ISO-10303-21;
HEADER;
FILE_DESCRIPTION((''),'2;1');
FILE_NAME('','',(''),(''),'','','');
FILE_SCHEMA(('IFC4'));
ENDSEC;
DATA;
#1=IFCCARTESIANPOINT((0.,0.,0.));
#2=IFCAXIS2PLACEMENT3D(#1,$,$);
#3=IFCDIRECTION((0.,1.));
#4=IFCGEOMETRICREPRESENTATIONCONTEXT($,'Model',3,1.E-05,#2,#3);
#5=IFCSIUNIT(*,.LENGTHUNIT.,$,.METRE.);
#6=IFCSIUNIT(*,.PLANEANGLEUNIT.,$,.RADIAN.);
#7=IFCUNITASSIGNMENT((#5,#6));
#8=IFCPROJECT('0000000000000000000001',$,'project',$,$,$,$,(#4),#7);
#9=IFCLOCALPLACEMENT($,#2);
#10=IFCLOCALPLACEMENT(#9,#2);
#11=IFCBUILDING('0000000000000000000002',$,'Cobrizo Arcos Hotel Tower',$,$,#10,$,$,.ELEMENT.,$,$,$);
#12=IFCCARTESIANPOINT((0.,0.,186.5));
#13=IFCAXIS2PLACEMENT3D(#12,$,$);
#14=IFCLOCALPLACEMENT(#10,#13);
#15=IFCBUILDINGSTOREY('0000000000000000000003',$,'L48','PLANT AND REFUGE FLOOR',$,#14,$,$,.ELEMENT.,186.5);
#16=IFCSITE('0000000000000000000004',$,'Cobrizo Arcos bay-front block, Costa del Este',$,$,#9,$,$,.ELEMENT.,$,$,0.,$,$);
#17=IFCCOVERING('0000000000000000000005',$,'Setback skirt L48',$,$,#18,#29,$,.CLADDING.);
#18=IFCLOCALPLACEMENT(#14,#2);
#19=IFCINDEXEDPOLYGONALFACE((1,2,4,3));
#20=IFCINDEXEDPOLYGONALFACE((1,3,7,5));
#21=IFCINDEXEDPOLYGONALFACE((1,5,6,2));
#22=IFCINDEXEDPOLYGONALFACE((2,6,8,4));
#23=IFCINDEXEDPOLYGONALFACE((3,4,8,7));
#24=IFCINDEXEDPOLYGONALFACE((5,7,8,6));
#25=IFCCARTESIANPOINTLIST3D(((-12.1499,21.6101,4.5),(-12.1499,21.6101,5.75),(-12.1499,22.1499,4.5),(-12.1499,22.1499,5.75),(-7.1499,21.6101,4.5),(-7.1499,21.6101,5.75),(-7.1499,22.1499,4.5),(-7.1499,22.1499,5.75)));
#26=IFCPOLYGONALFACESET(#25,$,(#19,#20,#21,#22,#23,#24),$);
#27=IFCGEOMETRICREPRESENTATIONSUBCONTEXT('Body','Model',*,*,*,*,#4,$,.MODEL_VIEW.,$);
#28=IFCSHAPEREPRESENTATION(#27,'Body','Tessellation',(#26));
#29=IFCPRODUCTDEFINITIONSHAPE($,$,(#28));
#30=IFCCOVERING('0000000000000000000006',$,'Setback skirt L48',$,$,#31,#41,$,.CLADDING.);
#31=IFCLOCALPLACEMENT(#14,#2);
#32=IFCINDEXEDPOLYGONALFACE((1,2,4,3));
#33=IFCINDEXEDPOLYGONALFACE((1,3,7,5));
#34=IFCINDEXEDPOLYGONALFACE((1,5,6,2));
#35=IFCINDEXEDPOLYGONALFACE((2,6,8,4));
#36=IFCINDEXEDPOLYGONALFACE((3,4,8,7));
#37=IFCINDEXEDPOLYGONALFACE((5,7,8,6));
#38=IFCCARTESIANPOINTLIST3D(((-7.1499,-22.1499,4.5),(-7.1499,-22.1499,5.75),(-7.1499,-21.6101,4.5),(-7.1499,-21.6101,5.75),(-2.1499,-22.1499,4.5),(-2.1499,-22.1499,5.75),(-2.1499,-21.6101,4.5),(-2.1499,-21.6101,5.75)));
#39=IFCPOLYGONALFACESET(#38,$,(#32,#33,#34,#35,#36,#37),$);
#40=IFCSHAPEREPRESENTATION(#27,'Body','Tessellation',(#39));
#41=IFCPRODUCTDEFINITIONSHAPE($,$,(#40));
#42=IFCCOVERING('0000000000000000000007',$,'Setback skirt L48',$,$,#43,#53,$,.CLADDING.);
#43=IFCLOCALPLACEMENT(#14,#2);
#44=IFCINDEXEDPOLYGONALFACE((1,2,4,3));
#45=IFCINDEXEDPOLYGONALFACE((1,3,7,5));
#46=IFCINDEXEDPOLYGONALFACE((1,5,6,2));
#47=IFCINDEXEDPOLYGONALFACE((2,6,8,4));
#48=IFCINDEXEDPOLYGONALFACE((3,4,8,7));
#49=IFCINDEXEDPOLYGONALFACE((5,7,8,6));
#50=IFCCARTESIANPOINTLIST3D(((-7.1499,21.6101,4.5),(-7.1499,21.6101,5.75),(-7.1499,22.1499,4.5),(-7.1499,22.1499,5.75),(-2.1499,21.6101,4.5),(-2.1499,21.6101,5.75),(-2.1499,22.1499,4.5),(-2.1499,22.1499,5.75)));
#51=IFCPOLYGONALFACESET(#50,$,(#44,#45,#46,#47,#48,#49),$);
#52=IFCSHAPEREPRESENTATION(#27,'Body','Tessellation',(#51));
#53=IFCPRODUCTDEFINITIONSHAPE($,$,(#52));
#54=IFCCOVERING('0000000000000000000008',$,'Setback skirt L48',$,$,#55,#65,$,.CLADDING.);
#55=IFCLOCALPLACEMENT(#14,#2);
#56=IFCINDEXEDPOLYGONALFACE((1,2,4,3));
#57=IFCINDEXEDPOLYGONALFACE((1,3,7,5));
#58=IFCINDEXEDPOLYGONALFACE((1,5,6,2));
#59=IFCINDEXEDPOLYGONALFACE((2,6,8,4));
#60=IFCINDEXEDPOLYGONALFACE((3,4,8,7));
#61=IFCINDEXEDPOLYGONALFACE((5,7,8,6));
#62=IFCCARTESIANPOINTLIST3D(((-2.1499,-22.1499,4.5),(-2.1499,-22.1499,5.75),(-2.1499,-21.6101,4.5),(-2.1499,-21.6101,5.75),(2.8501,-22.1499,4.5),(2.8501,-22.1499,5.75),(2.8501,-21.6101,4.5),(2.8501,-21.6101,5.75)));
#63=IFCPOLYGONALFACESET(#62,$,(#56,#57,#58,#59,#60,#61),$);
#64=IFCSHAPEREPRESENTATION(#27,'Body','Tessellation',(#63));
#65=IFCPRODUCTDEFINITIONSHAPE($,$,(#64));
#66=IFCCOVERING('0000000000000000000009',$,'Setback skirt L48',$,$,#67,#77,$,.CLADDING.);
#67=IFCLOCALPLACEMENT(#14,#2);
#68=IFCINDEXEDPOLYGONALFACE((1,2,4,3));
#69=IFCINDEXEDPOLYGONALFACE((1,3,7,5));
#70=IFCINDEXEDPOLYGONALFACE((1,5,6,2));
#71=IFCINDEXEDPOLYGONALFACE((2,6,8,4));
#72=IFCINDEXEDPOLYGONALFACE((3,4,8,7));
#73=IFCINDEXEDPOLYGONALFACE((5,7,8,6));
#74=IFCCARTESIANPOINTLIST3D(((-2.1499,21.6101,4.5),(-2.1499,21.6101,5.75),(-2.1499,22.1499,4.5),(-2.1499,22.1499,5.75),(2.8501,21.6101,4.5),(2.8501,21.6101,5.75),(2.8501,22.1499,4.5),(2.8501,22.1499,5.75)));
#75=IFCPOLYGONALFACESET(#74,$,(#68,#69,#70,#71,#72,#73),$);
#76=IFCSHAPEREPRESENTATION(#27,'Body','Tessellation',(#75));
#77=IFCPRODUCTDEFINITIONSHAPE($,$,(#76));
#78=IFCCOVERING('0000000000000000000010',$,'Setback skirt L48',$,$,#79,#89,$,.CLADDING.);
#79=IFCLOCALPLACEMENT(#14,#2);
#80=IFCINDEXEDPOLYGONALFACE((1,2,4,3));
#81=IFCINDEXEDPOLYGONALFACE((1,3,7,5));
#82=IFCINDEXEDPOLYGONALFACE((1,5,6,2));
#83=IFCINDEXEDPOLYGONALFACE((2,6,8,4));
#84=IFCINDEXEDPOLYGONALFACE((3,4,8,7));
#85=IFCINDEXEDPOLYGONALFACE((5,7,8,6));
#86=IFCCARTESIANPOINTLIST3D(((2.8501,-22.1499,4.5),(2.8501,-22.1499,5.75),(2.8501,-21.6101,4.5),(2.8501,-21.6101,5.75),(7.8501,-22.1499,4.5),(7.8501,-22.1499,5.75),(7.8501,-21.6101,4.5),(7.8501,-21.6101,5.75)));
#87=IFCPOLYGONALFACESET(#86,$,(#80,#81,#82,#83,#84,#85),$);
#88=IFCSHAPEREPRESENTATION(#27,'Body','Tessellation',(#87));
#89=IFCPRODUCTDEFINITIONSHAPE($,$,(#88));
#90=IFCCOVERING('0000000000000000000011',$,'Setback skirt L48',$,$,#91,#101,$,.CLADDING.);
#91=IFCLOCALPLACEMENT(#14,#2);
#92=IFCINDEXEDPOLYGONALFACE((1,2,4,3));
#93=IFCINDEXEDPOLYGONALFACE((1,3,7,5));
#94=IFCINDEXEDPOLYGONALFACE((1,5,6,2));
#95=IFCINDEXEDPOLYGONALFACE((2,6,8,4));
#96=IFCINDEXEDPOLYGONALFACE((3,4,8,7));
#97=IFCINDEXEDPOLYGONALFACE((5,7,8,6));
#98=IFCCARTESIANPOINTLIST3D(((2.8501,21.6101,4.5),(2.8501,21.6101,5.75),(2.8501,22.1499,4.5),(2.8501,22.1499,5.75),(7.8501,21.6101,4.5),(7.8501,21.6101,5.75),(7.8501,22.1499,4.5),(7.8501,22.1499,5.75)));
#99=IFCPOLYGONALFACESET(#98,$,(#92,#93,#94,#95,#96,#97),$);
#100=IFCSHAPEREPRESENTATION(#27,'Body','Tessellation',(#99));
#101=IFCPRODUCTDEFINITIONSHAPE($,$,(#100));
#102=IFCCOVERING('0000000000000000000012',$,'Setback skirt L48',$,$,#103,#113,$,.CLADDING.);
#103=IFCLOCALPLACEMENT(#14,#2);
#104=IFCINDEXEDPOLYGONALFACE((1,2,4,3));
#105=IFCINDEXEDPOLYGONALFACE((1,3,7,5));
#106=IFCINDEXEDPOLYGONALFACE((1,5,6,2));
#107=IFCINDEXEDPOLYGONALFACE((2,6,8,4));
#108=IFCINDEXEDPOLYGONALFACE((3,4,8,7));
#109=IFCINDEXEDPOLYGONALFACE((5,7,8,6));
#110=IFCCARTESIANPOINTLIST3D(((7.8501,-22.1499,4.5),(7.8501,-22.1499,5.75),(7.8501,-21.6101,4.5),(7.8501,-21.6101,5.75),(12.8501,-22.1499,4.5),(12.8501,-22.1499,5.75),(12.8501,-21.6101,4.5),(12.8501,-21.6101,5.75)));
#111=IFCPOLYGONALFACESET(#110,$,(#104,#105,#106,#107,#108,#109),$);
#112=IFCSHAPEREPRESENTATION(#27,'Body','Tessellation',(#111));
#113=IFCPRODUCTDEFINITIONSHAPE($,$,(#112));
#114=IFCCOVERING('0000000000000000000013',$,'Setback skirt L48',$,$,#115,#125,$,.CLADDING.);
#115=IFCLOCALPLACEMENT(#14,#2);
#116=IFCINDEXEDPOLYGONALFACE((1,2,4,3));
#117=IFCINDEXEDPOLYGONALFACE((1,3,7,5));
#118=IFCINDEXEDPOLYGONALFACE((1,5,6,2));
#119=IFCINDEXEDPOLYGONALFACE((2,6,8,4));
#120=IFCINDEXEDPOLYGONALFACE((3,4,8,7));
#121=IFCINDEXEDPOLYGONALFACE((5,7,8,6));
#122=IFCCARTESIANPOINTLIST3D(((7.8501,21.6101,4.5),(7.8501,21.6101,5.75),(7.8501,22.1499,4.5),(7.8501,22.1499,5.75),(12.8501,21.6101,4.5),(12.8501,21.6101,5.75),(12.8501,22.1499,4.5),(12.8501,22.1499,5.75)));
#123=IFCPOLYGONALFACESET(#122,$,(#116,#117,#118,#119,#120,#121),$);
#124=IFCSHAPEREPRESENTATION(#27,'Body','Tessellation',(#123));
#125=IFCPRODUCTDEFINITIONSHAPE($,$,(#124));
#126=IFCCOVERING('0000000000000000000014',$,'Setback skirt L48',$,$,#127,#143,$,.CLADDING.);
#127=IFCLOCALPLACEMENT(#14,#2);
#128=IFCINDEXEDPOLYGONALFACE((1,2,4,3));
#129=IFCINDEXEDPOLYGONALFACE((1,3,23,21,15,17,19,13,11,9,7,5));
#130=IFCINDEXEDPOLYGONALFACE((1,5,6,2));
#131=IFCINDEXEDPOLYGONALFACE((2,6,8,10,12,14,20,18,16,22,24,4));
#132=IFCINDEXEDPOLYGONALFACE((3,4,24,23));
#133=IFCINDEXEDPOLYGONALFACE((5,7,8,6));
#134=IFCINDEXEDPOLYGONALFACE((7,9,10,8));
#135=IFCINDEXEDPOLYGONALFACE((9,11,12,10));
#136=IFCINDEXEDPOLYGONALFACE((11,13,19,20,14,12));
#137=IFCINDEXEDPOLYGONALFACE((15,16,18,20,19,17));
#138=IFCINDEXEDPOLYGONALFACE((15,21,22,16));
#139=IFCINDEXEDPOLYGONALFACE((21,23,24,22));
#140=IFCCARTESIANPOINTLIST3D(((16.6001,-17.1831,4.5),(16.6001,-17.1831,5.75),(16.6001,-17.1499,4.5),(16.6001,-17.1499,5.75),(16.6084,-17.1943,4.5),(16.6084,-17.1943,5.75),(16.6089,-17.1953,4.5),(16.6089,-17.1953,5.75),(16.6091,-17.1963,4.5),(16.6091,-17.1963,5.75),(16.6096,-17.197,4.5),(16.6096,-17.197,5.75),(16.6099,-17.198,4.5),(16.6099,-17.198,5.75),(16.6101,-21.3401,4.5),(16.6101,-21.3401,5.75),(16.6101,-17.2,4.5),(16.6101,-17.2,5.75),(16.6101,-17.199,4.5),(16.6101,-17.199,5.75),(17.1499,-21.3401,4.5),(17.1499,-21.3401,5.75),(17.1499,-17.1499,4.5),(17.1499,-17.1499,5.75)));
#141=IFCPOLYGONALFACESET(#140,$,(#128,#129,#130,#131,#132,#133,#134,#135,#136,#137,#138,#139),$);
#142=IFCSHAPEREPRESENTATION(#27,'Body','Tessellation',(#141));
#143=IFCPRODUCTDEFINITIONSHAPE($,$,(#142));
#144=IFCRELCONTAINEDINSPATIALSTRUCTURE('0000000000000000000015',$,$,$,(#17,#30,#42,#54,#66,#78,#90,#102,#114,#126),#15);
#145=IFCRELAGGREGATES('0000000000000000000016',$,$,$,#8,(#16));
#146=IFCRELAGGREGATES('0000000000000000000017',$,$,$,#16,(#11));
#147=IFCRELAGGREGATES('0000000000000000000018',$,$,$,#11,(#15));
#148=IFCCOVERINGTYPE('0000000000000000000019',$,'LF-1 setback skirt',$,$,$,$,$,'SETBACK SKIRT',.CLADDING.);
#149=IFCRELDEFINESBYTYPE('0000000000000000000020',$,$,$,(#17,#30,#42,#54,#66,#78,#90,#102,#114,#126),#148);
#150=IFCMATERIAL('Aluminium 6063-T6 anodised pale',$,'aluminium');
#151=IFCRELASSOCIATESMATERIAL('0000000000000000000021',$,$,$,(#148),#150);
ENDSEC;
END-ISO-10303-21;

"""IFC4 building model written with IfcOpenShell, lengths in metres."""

from ifc_helpers import new_model, si_unit, direction, frame, origin, place, context, subcontext, project, spatial, polyline, outline, extrude, material, type_object, element, save


model = new_model("IFC4")

# Units and contexts
model_context = context("Model", 3, precision=1e-05, world=origin(), true_north=direction((0.0, 1.0)))
body_context = subcontext(model_context, "Body", "Model", "MODEL_VIEW")
ifc_project = project(units=[si_unit("LENGTHUNIT", "METRE"), si_unit("PLANEANGLEUNIT", "RADIAN")], contexts=[model_context])

# Site, building, storey
site_placement = place(None, origin())
site = spatial("IfcSite", under=ifc_project, at=site_placement, Name="Cobrizo Arcos bay-front block, Costa del Este", CompositionType="ELEMENT", RefElevation=0.0)
building_placement = place(site_placement, origin())
building = spatial("IfcBuilding", under=site, at=building_placement, Name="Cobrizo Arcos Hotel Tower", CompositionType="ELEMENT")
storey_placement = place(building_placement, frame((0.0, 0.0, 186.5)))
storey = spatial("IfcBuildingStorey", under=building, at=storey_placement, Name="L48", Description="PLANT AND REFUGE FLOOR", CompositionType="ELEMENT", Elevation=186.5)

# Coverings
ifc_material_1 = material(Name="Aluminium 6063-T6 anodised pale", Category="aluminium")
covering_type = type_object("IfcCoveringType", Name="LF-1 setback skirt", ElementType="SETBACK SKIRT", PredefinedType="CLADDING", material=ifc_material_1)
covering_1_placement = place(storey_placement, frame((0.0, 0.0, 4.5)))
element("IfcCovering", 1, at=covering_1_placement, inside=storey, type_object=covering_type, Name="Setback skirt L48", PredefinedType="CLADDING", context=body_context, shape_type="SweptSolid", body=[
    extrude(outline(polyline([(-12.1499, 21.6101), (-7.1499, 21.6101), (-7.1499, 22.1499), (-12.1499, 22.1499), (-12.1499, 21.6101)])), origin(), (0.0, 0.0, 1.0), 1.25),
])
covering_2_placement = place(storey_placement, frame((0.0, 0.0, 4.5)))
element("IfcCovering", 2, at=covering_2_placement, inside=storey, type_object=covering_type, Name="Setback skirt L48", PredefinedType="CLADDING", context=body_context, shape_type="SweptSolid", body=[
    extrude(outline(polyline([(-2.1499, -21.6101), (-7.1499, -21.6101), (-7.1499, -22.1499), (-2.1499, -22.1499), (-2.1499, -21.6101)])), origin(), (0.0, 0.0, 1.0), 1.25),
])
covering_3_placement = place(storey_placement, frame((0.0, 0.0, 4.5)))
element("IfcCovering", 3, at=covering_3_placement, inside=storey, type_object=covering_type, Name="Setback skirt L48", PredefinedType="CLADDING", context=body_context, shape_type="SweptSolid", body=[
    extrude(outline(polyline([(-7.1499, 21.6101), (-2.1499, 21.6101), (-2.1499, 22.1499), (-7.1499, 22.1499), (-7.1499, 21.6101)])), origin(), (0.0, 0.0, 1.0), 1.25),
])
covering_4_placement = place(storey_placement, frame((0.0, 0.0, 4.5)))
element("IfcCovering", 4, at=covering_4_placement, inside=storey, type_object=covering_type, Name="Setback skirt L48", PredefinedType="CLADDING", context=body_context, shape_type="SweptSolid", body=[
    extrude(outline(polyline([(2.8501, -21.6101), (-2.1499, -21.6101), (-2.1499, -22.1499), (2.8501, -22.1499), (2.8501, -21.6101)])), origin(), (0.0, 0.0, 1.0), 1.25),
])
covering_5_placement = place(storey_placement, frame((0.0, 0.0, 4.5)))
element("IfcCovering", 5, at=covering_5_placement, inside=storey, type_object=covering_type, Name="Setback skirt L48", PredefinedType="CLADDING", context=body_context, shape_type="SweptSolid", body=[
    extrude(outline(polyline([(-2.1499, 21.6101), (2.8501, 21.6101), (2.8501, 22.1499), (-2.1499, 22.1499), (-2.1499, 21.6101)])), origin(), (0.0, 0.0, 1.0), 1.25),
])
covering_6_placement = place(storey_placement, frame((0.0, 0.0, 4.5)))
element("IfcCovering", 6, at=covering_6_placement, inside=storey, type_object=covering_type, Name="Setback skirt L48", PredefinedType="CLADDING", context=body_context, shape_type="SweptSolid", body=[
    extrude(outline(polyline([(7.8501, -21.6101), (2.8501, -21.6101), (2.8501, -22.1499), (7.8501, -22.1499), (7.8501, -21.6101)])), origin(), (0.0, 0.0, 1.0), 1.25),
])
covering_7_placement = place(storey_placement, frame((0.0, 0.0, 4.5)))
element("IfcCovering", 7, at=covering_7_placement, inside=storey, type_object=covering_type, Name="Setback skirt L48", PredefinedType="CLADDING", context=body_context, shape_type="SweptSolid", body=[
    extrude(outline(polyline([(2.8501, 21.6101), (7.8501, 21.6101), (7.8501, 22.1499), (2.8501, 22.1499), (2.8501, 21.6101)])), origin(), (0.0, 0.0, 1.0), 1.25),
])
covering_8_placement = place(storey_placement, frame((0.0, 0.0, 4.5)))
element("IfcCovering", 8, at=covering_8_placement, inside=storey, type_object=covering_type, Name="Setback skirt L48", PredefinedType="CLADDING", context=body_context, shape_type="SweptSolid", body=[
    extrude(outline(polyline([(12.8501, -21.6101), (7.8501, -21.6101), (7.8501, -22.1499), (12.8501, -22.1499), (12.8501, -21.6101)])), origin(), (0.0, 0.0, 1.0), 1.25),
])
covering_9_placement = place(storey_placement, frame((0.0, 0.0, 4.5)))
element("IfcCovering", 9, at=covering_9_placement, inside=storey, type_object=covering_type, Name="Setback skirt L48", PredefinedType="CLADDING", context=body_context, shape_type="SweptSolid", body=[
    extrude(outline(polyline([(7.8501, 21.6101), (12.8501, 21.6101), (12.8501, 22.1499), (7.8501, 22.1499), (7.8501, 21.6101)])), origin(), (0.0, 0.0, 1.0), 1.25),
])
covering_10_placement = place(storey_placement, frame((0.0, 0.0, 4.5)))
element("IfcCovering", 10, at=covering_10_placement, inside=storey, type_object=covering_type, Name="Setback skirt L48", PredefinedType="CLADDING", context=body_context, shape_type="SweptSolid", body=[
    extrude(outline(polyline([(16.6001, -17.1499), (16.6001, -17.1831), (16.6084, -17.1943), (16.6089, -17.1953), (16.6091, -17.1963), (16.6096, -17.197), (16.6099, -17.198), (16.6101, -17.199), (16.6101, -17.2), (16.6101, -21.3401), (17.1499, -21.3401), (17.1499, -17.1499), (16.6001, -17.1499)])), origin(), (0.0, 0.0, 1.0), 1.25),
])

save(model, "model.ifc")
